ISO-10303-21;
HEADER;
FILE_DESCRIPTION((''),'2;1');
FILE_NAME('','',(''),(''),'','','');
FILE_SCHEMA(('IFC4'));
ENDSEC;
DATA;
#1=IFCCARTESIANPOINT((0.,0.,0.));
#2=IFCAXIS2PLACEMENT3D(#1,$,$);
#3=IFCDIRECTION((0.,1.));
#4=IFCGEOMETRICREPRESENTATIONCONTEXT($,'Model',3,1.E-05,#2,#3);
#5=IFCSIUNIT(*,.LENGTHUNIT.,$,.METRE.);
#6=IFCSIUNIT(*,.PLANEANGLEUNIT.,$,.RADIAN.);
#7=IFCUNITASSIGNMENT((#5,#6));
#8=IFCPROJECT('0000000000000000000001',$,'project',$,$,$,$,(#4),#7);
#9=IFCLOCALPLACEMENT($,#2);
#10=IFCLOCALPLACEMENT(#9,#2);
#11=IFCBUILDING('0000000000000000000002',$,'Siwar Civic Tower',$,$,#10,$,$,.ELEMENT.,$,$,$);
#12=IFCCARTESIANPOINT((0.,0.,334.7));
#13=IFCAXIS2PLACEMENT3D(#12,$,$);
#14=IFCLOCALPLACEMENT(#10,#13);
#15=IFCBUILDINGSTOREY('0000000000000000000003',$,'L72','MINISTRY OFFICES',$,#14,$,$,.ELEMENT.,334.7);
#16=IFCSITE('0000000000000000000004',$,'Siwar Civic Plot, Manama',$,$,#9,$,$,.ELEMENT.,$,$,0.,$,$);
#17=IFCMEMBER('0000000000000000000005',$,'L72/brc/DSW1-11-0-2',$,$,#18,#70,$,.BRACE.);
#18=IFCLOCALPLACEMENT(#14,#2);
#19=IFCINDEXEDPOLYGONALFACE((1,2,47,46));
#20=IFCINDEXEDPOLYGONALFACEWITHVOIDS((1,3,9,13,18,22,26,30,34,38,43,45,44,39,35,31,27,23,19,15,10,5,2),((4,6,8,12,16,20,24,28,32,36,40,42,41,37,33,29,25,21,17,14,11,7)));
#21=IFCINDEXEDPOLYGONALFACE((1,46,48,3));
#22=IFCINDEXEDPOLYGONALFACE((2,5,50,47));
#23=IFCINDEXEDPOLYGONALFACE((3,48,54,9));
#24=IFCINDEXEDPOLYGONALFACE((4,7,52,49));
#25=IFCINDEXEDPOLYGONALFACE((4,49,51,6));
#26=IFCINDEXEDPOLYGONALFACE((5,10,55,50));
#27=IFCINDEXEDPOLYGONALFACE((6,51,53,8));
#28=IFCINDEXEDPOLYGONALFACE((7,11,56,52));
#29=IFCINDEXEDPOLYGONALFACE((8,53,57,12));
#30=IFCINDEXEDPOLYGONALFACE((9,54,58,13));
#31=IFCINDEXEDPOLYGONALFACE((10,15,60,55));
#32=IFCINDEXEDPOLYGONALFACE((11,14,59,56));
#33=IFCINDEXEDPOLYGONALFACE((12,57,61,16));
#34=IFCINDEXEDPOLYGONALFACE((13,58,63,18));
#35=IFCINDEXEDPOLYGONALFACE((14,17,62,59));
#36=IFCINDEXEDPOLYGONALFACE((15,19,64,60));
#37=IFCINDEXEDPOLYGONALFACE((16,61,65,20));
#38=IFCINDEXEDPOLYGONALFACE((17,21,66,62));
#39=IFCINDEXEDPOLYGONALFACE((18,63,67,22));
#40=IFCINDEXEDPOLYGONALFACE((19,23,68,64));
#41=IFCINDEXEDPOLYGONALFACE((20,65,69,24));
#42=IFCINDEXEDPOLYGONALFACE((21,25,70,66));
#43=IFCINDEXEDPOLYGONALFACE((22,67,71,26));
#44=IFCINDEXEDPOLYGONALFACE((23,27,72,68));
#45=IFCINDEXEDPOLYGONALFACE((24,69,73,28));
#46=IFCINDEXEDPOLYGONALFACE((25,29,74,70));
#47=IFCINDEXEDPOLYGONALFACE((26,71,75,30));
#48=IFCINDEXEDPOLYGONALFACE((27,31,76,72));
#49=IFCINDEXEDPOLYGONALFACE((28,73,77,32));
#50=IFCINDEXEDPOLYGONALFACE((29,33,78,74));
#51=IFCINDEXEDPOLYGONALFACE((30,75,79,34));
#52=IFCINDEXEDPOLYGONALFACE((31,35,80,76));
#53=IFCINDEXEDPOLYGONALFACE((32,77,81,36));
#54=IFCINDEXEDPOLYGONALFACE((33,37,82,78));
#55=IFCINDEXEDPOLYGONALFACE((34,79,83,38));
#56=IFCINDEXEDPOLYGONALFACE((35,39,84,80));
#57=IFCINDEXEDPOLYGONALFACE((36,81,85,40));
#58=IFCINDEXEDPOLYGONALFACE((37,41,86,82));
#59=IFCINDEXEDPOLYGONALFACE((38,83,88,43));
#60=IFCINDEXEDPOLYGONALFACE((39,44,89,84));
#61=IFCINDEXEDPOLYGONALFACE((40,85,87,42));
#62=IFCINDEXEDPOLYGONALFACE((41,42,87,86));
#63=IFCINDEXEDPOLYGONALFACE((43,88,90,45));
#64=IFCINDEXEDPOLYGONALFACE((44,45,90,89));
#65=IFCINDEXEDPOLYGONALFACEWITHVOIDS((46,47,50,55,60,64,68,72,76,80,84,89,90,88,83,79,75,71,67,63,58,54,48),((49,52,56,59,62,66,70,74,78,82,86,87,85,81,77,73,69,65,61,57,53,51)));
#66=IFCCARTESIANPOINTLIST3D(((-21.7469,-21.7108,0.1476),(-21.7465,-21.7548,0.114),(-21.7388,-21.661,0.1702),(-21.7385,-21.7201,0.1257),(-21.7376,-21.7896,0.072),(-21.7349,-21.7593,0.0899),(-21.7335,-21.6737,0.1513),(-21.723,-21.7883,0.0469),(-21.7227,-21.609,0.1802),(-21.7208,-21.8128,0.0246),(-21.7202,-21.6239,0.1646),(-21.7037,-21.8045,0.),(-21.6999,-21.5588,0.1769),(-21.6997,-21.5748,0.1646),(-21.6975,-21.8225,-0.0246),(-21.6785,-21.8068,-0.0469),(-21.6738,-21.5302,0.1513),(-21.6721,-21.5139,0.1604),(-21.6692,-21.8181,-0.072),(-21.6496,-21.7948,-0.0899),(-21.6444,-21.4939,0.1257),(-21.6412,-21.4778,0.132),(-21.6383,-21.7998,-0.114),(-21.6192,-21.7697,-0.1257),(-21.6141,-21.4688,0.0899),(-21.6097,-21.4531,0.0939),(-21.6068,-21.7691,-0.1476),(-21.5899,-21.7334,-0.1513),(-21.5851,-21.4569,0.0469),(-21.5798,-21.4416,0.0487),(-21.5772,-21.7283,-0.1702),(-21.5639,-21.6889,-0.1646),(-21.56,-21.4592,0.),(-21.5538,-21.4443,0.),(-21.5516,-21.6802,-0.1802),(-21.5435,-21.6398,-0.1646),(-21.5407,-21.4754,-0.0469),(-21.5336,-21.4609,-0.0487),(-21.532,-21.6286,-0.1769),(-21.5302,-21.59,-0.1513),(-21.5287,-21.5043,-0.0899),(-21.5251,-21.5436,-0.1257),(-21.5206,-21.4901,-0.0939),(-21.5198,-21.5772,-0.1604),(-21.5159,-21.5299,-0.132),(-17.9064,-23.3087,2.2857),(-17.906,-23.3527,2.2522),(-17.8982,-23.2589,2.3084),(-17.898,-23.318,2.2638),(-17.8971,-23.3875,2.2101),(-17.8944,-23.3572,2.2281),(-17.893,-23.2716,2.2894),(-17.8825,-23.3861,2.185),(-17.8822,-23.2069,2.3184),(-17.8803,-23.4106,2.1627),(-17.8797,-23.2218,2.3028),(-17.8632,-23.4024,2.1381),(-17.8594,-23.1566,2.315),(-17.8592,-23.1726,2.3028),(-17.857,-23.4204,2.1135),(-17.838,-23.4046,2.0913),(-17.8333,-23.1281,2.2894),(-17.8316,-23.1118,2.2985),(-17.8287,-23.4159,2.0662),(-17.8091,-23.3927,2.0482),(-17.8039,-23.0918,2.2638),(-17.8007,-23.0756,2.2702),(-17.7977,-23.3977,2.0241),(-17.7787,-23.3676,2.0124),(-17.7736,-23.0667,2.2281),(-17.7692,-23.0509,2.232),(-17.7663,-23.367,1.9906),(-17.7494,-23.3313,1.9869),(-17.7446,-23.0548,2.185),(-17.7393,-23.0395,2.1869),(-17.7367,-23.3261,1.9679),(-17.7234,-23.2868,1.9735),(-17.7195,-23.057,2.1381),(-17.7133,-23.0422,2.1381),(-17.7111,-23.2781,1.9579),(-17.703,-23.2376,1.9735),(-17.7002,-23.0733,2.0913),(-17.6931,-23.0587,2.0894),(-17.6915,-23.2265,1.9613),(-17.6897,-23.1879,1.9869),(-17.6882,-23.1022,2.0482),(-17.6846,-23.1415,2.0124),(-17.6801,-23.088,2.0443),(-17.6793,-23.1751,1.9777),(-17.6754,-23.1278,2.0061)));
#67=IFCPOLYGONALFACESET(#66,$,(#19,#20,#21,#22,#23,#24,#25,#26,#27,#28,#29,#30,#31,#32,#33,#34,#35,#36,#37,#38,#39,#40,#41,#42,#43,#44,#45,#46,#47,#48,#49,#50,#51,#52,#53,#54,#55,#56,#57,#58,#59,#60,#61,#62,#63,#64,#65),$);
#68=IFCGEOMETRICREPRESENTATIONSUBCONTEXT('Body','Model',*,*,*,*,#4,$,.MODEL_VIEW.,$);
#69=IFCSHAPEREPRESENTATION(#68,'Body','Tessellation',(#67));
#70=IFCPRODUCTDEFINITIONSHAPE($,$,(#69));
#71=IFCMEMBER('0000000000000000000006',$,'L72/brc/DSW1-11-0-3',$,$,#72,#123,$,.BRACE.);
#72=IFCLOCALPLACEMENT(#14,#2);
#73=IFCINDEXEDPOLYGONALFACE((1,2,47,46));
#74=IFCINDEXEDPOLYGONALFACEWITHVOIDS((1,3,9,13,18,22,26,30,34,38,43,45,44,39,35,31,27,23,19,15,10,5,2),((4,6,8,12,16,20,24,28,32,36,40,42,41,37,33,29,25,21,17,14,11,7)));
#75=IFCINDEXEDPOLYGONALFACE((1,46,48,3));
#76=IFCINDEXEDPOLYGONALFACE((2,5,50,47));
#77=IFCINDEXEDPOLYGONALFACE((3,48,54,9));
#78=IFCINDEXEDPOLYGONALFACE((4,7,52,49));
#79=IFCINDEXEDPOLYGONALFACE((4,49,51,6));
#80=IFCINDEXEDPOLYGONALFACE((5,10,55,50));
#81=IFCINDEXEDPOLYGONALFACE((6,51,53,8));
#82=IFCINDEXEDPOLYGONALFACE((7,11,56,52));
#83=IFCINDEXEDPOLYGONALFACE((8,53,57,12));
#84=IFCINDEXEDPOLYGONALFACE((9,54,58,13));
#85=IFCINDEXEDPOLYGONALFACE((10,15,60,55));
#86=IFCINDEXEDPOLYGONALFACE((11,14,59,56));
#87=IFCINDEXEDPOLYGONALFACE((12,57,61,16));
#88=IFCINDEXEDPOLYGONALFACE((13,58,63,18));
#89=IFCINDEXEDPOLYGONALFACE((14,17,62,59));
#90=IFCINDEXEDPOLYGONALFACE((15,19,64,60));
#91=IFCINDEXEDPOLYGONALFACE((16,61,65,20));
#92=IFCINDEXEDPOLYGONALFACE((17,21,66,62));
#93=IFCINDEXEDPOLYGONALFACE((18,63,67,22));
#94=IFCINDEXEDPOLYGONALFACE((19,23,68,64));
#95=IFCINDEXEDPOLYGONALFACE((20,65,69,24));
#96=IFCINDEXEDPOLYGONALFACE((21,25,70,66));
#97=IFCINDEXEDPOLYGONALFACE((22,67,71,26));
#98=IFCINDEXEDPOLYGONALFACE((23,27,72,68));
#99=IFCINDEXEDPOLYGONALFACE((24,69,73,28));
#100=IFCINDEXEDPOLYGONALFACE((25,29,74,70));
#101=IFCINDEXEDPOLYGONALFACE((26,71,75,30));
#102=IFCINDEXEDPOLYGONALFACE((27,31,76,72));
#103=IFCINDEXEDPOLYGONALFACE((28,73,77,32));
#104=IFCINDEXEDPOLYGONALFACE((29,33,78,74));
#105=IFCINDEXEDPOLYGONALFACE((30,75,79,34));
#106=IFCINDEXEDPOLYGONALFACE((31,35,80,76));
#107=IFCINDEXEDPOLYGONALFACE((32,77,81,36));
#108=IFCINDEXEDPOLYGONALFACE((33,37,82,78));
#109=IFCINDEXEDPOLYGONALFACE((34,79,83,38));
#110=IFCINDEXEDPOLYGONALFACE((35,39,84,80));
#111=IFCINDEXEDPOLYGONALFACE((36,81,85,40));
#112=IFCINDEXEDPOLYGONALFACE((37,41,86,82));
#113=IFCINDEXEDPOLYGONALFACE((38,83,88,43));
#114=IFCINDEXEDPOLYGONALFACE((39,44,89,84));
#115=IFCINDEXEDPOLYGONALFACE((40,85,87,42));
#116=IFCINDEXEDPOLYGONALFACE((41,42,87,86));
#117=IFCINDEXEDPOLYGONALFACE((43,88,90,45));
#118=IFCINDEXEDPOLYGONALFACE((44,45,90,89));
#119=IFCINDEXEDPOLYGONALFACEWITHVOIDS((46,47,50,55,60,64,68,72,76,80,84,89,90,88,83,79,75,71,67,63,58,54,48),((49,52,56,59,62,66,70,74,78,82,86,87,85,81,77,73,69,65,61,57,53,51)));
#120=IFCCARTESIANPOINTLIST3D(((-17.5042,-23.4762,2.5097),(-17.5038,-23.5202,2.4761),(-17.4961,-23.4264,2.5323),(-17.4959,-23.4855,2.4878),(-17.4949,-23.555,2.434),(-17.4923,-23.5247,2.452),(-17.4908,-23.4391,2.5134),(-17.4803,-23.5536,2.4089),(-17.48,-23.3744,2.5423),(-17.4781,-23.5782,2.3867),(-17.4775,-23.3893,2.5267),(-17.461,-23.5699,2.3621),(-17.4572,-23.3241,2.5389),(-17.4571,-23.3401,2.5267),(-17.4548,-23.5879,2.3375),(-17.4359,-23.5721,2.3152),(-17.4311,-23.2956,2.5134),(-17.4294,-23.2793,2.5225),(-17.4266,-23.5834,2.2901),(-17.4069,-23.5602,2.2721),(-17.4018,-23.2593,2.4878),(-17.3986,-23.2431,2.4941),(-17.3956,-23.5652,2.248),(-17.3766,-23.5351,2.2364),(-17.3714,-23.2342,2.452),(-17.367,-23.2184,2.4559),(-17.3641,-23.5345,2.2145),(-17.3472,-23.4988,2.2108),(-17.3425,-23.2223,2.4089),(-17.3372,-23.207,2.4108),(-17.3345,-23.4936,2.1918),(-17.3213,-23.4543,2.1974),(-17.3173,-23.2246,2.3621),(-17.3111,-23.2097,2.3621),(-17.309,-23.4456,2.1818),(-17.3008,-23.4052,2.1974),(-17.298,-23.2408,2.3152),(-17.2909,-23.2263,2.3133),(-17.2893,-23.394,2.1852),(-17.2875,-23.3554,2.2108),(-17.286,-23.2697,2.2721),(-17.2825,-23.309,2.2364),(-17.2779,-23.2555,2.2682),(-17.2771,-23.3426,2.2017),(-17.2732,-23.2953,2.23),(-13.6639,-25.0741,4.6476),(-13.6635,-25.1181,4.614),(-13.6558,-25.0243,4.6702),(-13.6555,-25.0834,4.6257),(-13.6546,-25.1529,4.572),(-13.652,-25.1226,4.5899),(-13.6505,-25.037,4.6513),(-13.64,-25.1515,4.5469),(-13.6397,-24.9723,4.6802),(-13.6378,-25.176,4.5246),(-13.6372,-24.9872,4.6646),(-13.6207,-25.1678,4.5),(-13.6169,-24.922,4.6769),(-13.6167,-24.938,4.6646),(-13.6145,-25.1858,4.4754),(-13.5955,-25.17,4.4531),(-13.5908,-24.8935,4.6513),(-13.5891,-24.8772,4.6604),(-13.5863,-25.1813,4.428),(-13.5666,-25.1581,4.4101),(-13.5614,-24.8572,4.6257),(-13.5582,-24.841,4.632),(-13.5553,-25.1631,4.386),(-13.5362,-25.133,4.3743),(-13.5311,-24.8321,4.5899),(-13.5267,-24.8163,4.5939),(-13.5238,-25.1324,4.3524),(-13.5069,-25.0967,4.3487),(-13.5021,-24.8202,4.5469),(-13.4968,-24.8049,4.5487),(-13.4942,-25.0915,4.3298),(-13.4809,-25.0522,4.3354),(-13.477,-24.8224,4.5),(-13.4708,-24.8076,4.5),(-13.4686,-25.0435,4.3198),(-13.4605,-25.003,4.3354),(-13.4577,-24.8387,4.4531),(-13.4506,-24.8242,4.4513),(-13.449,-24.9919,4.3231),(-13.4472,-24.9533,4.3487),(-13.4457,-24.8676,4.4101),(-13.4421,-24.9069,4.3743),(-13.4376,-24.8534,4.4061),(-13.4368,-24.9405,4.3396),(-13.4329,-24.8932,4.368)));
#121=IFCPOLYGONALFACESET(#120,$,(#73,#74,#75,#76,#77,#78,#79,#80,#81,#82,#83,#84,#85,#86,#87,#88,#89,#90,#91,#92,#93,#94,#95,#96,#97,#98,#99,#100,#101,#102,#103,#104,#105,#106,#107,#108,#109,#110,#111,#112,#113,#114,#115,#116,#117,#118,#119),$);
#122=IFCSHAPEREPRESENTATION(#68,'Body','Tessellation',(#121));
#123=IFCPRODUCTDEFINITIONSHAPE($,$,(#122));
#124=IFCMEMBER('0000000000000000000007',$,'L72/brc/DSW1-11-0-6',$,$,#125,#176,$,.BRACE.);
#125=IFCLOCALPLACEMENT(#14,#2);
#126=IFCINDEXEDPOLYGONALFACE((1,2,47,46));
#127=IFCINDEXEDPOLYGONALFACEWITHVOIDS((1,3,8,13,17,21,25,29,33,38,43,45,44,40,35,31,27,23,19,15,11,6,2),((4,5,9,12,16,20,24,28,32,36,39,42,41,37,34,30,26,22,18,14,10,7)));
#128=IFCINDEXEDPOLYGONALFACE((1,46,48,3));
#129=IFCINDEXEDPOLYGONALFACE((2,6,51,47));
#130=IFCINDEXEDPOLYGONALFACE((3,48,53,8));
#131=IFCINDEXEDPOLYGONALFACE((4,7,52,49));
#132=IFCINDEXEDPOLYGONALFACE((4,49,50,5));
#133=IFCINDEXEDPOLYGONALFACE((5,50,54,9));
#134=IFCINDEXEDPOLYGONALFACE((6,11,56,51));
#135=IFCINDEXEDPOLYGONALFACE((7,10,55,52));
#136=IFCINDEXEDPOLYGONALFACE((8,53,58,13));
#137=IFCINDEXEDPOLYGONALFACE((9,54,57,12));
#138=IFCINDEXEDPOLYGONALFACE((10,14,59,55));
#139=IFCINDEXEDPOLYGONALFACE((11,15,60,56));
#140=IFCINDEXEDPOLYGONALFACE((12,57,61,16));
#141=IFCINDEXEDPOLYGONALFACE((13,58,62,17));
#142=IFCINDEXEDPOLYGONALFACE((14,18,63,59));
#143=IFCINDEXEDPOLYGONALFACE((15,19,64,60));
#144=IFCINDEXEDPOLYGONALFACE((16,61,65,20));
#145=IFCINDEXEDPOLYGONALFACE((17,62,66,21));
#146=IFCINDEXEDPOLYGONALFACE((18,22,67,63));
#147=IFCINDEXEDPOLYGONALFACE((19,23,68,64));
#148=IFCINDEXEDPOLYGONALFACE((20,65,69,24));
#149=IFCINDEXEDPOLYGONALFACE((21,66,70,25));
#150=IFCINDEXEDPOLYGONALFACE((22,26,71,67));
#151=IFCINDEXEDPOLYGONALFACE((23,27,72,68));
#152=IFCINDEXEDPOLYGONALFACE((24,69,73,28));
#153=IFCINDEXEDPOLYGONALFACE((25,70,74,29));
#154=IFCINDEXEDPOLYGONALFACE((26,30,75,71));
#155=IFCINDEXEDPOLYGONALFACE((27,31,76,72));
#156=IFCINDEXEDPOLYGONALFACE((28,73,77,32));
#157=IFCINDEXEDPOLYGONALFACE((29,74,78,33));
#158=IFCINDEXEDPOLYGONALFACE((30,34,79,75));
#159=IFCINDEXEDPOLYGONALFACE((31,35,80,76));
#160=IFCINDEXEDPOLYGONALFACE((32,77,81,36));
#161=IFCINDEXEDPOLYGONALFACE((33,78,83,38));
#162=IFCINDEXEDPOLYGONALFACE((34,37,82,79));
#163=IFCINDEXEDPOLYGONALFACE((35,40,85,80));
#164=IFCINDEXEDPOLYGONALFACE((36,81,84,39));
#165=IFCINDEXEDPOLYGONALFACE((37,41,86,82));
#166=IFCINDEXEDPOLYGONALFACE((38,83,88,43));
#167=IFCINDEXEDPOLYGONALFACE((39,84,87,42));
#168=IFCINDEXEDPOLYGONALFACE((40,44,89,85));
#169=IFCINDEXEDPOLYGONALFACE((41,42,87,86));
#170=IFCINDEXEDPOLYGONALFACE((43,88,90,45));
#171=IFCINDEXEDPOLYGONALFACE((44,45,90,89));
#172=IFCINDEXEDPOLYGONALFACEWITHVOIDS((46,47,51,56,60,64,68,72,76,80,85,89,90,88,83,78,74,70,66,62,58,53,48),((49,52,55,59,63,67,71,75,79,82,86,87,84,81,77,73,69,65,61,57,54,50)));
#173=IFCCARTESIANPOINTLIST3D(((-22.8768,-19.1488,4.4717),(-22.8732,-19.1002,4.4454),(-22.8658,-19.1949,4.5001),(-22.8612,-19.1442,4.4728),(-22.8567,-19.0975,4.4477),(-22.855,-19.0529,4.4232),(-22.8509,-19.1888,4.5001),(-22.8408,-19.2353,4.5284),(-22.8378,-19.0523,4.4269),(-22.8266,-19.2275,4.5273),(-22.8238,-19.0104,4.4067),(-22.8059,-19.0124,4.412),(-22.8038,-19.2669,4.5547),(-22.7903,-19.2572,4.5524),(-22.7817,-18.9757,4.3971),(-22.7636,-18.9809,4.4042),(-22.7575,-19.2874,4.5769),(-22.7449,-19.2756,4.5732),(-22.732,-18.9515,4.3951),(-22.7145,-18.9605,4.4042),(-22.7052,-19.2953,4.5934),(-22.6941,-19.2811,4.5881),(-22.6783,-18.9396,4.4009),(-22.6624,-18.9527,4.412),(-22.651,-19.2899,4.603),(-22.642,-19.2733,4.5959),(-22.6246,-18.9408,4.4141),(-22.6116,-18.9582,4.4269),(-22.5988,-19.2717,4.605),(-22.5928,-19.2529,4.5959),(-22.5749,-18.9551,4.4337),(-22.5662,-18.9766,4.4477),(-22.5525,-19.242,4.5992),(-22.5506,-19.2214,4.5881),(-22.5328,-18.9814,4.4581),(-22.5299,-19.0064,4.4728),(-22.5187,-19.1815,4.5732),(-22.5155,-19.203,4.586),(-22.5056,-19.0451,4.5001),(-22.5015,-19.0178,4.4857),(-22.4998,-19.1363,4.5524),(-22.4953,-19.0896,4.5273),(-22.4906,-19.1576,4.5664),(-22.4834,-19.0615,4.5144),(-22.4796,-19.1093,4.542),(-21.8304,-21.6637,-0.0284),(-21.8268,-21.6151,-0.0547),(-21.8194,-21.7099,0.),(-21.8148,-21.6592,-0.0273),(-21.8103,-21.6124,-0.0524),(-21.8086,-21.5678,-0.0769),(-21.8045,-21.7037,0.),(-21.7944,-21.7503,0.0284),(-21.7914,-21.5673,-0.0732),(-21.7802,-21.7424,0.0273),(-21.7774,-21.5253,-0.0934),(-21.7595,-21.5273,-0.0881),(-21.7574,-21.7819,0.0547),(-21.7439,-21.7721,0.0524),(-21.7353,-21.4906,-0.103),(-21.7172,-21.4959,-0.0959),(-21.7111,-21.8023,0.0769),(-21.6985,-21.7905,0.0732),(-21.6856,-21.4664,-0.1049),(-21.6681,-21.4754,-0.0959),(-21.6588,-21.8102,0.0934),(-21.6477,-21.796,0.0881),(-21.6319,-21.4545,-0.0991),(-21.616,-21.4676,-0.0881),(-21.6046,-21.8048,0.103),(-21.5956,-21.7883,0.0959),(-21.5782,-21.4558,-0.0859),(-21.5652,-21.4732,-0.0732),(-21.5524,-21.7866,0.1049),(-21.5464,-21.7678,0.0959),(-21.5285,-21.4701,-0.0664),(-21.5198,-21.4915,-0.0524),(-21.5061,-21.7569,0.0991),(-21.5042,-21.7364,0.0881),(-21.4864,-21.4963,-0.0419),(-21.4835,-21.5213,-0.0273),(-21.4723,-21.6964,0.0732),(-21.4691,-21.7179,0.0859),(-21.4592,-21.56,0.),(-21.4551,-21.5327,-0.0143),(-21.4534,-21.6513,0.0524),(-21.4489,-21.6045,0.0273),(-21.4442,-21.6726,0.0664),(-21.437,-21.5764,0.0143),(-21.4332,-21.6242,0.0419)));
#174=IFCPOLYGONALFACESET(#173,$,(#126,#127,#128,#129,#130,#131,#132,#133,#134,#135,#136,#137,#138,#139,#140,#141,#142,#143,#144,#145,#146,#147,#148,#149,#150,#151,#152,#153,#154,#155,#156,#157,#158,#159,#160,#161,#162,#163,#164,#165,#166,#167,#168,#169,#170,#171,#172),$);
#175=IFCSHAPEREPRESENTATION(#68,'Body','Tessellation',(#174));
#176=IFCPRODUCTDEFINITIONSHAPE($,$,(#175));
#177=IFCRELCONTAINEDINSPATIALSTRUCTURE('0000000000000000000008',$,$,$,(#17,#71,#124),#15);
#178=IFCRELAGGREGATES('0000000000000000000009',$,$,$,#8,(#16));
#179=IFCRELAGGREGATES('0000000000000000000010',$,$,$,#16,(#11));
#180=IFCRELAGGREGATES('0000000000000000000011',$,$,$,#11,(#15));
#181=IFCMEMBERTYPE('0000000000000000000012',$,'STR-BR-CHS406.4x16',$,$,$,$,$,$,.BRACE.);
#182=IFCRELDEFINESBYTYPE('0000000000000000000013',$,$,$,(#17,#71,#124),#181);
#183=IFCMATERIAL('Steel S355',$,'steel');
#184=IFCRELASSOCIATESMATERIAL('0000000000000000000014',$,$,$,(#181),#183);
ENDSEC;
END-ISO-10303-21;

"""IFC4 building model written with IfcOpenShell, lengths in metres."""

from ifc_helpers import new_model, si_unit, direction, frame, origin, origin_2d, place, context, subcontext, project, spatial, hollow_circle, extrude, material, material_profile, profile_set, type_object, element, save


model = new_model("IFC4")

# Units and contexts
model_context = context("Model", 3, precision=1e-05, world=origin(), true_north=direction((0.0, 1.0)))
body_context = subcontext(model_context, "Body", "Model", "MODEL_VIEW")
ifc_project = project(units=[si_unit("LENGTHUNIT", "METRE"), si_unit("PLANEANGLEUNIT", "RADIAN")], contexts=[model_context])

# Site, building, storey
site_placement = place(None, origin())
site = spatial("IfcSite", under=ifc_project, at=site_placement, Name="Siwar Civic Plot, Manama", CompositionType="ELEMENT", RefElevation=0.0)
building_placement = place(site_placement, origin())
building = spatial("IfcBuilding", under=site, at=building_placement, Name="Siwar Civic Tower", CompositionType="ELEMENT")
storey_placement = place(building_placement, frame((0.0, 0.0, 334.7)))
storey = spatial("IfcBuildingStorey", under=building, at=storey_placement, Name="L72", Description="MINISTRY OFFICES", CompositionType="ELEMENT", Elevation=334.7)

# Members
ifc_material_1 = material(Name="Steel S355", Category="steel")
ifc_material_profile_1 = material_profile(ifc_material_1, hollow_circle(Radius=0.2031, WallThickness=0.0161, at=origin_2d()), Name="CHS406.4x16")
ifc_profile_set_1 = profile_set([ifc_material_profile_1], Name="Steel S355")
member_type_1 = type_object("IfcMemberType", Name="STR-BR-CHS406.4x16", PredefinedType="BRACE", material=ifc_profile_set_1)
member_1_placement = place(storey_placement, frame((-21.6318, -21.6318, 0.0), z_axis=(0.821147, -0.341644, 0.457161), x_axis=(0.384136, 0.923276, 0.0)))
element("IfcMember", 1, at=member_1_placement, inside=storey, type_object=member_type_1, Name="L72/brc/DSW1-11-0-2", PredefinedType="BRACE", context=body_context, shape_type="SweptSolid", body=[
    extrude(hollow_circle(Radius=0.2031, WallThickness=0.0161, at=origin_2d()), origin(), (0.0, 0.0, 1.0), 4.677),
])
member_2_placement = place(storey_placement, frame((-17.3892, -23.3972, 2.3621), z_axis=(0.82115, -0.341667, 0.45714), x_axis=(0.384157, 0.923268, 0.0)))
element("IfcMember", 2, at=member_2_placement, inside=storey, type_object=member_type_1, Name="L72/brc/DSW1-11-0-3", PredefinedType="BRACE", context=body_context, shape_type="SweptSolid", body=[
    extrude(hollow_circle(Radius=0.2031, WallThickness=0.0161, at=origin_2d()), origin(), (0.0, 0.0, 1.0), 4.6768),
])
member_3_placement = place(storey_placement, frame((-21.6318, -21.6318, 0.0), z_axis=(-0.198926, 0.478099, 0.855482), x_axis=(-0.92327, -0.384151, 0.0)))
element("IfcMember", 3, at=member_3_placement, inside=storey, type_object=member_type_1, Name="L72/brc/DSW1-11-0-6", PredefinedType="BRACE", context=body_context, shape_type="SweptSolid", body=[
    extrude(hollow_circle(Radius=0.2031, WallThickness=0.0161, at=origin_2d()), origin(), (0.0, 0.0, 1.0), 5.2603),
])

save(model, "model.ifc")
